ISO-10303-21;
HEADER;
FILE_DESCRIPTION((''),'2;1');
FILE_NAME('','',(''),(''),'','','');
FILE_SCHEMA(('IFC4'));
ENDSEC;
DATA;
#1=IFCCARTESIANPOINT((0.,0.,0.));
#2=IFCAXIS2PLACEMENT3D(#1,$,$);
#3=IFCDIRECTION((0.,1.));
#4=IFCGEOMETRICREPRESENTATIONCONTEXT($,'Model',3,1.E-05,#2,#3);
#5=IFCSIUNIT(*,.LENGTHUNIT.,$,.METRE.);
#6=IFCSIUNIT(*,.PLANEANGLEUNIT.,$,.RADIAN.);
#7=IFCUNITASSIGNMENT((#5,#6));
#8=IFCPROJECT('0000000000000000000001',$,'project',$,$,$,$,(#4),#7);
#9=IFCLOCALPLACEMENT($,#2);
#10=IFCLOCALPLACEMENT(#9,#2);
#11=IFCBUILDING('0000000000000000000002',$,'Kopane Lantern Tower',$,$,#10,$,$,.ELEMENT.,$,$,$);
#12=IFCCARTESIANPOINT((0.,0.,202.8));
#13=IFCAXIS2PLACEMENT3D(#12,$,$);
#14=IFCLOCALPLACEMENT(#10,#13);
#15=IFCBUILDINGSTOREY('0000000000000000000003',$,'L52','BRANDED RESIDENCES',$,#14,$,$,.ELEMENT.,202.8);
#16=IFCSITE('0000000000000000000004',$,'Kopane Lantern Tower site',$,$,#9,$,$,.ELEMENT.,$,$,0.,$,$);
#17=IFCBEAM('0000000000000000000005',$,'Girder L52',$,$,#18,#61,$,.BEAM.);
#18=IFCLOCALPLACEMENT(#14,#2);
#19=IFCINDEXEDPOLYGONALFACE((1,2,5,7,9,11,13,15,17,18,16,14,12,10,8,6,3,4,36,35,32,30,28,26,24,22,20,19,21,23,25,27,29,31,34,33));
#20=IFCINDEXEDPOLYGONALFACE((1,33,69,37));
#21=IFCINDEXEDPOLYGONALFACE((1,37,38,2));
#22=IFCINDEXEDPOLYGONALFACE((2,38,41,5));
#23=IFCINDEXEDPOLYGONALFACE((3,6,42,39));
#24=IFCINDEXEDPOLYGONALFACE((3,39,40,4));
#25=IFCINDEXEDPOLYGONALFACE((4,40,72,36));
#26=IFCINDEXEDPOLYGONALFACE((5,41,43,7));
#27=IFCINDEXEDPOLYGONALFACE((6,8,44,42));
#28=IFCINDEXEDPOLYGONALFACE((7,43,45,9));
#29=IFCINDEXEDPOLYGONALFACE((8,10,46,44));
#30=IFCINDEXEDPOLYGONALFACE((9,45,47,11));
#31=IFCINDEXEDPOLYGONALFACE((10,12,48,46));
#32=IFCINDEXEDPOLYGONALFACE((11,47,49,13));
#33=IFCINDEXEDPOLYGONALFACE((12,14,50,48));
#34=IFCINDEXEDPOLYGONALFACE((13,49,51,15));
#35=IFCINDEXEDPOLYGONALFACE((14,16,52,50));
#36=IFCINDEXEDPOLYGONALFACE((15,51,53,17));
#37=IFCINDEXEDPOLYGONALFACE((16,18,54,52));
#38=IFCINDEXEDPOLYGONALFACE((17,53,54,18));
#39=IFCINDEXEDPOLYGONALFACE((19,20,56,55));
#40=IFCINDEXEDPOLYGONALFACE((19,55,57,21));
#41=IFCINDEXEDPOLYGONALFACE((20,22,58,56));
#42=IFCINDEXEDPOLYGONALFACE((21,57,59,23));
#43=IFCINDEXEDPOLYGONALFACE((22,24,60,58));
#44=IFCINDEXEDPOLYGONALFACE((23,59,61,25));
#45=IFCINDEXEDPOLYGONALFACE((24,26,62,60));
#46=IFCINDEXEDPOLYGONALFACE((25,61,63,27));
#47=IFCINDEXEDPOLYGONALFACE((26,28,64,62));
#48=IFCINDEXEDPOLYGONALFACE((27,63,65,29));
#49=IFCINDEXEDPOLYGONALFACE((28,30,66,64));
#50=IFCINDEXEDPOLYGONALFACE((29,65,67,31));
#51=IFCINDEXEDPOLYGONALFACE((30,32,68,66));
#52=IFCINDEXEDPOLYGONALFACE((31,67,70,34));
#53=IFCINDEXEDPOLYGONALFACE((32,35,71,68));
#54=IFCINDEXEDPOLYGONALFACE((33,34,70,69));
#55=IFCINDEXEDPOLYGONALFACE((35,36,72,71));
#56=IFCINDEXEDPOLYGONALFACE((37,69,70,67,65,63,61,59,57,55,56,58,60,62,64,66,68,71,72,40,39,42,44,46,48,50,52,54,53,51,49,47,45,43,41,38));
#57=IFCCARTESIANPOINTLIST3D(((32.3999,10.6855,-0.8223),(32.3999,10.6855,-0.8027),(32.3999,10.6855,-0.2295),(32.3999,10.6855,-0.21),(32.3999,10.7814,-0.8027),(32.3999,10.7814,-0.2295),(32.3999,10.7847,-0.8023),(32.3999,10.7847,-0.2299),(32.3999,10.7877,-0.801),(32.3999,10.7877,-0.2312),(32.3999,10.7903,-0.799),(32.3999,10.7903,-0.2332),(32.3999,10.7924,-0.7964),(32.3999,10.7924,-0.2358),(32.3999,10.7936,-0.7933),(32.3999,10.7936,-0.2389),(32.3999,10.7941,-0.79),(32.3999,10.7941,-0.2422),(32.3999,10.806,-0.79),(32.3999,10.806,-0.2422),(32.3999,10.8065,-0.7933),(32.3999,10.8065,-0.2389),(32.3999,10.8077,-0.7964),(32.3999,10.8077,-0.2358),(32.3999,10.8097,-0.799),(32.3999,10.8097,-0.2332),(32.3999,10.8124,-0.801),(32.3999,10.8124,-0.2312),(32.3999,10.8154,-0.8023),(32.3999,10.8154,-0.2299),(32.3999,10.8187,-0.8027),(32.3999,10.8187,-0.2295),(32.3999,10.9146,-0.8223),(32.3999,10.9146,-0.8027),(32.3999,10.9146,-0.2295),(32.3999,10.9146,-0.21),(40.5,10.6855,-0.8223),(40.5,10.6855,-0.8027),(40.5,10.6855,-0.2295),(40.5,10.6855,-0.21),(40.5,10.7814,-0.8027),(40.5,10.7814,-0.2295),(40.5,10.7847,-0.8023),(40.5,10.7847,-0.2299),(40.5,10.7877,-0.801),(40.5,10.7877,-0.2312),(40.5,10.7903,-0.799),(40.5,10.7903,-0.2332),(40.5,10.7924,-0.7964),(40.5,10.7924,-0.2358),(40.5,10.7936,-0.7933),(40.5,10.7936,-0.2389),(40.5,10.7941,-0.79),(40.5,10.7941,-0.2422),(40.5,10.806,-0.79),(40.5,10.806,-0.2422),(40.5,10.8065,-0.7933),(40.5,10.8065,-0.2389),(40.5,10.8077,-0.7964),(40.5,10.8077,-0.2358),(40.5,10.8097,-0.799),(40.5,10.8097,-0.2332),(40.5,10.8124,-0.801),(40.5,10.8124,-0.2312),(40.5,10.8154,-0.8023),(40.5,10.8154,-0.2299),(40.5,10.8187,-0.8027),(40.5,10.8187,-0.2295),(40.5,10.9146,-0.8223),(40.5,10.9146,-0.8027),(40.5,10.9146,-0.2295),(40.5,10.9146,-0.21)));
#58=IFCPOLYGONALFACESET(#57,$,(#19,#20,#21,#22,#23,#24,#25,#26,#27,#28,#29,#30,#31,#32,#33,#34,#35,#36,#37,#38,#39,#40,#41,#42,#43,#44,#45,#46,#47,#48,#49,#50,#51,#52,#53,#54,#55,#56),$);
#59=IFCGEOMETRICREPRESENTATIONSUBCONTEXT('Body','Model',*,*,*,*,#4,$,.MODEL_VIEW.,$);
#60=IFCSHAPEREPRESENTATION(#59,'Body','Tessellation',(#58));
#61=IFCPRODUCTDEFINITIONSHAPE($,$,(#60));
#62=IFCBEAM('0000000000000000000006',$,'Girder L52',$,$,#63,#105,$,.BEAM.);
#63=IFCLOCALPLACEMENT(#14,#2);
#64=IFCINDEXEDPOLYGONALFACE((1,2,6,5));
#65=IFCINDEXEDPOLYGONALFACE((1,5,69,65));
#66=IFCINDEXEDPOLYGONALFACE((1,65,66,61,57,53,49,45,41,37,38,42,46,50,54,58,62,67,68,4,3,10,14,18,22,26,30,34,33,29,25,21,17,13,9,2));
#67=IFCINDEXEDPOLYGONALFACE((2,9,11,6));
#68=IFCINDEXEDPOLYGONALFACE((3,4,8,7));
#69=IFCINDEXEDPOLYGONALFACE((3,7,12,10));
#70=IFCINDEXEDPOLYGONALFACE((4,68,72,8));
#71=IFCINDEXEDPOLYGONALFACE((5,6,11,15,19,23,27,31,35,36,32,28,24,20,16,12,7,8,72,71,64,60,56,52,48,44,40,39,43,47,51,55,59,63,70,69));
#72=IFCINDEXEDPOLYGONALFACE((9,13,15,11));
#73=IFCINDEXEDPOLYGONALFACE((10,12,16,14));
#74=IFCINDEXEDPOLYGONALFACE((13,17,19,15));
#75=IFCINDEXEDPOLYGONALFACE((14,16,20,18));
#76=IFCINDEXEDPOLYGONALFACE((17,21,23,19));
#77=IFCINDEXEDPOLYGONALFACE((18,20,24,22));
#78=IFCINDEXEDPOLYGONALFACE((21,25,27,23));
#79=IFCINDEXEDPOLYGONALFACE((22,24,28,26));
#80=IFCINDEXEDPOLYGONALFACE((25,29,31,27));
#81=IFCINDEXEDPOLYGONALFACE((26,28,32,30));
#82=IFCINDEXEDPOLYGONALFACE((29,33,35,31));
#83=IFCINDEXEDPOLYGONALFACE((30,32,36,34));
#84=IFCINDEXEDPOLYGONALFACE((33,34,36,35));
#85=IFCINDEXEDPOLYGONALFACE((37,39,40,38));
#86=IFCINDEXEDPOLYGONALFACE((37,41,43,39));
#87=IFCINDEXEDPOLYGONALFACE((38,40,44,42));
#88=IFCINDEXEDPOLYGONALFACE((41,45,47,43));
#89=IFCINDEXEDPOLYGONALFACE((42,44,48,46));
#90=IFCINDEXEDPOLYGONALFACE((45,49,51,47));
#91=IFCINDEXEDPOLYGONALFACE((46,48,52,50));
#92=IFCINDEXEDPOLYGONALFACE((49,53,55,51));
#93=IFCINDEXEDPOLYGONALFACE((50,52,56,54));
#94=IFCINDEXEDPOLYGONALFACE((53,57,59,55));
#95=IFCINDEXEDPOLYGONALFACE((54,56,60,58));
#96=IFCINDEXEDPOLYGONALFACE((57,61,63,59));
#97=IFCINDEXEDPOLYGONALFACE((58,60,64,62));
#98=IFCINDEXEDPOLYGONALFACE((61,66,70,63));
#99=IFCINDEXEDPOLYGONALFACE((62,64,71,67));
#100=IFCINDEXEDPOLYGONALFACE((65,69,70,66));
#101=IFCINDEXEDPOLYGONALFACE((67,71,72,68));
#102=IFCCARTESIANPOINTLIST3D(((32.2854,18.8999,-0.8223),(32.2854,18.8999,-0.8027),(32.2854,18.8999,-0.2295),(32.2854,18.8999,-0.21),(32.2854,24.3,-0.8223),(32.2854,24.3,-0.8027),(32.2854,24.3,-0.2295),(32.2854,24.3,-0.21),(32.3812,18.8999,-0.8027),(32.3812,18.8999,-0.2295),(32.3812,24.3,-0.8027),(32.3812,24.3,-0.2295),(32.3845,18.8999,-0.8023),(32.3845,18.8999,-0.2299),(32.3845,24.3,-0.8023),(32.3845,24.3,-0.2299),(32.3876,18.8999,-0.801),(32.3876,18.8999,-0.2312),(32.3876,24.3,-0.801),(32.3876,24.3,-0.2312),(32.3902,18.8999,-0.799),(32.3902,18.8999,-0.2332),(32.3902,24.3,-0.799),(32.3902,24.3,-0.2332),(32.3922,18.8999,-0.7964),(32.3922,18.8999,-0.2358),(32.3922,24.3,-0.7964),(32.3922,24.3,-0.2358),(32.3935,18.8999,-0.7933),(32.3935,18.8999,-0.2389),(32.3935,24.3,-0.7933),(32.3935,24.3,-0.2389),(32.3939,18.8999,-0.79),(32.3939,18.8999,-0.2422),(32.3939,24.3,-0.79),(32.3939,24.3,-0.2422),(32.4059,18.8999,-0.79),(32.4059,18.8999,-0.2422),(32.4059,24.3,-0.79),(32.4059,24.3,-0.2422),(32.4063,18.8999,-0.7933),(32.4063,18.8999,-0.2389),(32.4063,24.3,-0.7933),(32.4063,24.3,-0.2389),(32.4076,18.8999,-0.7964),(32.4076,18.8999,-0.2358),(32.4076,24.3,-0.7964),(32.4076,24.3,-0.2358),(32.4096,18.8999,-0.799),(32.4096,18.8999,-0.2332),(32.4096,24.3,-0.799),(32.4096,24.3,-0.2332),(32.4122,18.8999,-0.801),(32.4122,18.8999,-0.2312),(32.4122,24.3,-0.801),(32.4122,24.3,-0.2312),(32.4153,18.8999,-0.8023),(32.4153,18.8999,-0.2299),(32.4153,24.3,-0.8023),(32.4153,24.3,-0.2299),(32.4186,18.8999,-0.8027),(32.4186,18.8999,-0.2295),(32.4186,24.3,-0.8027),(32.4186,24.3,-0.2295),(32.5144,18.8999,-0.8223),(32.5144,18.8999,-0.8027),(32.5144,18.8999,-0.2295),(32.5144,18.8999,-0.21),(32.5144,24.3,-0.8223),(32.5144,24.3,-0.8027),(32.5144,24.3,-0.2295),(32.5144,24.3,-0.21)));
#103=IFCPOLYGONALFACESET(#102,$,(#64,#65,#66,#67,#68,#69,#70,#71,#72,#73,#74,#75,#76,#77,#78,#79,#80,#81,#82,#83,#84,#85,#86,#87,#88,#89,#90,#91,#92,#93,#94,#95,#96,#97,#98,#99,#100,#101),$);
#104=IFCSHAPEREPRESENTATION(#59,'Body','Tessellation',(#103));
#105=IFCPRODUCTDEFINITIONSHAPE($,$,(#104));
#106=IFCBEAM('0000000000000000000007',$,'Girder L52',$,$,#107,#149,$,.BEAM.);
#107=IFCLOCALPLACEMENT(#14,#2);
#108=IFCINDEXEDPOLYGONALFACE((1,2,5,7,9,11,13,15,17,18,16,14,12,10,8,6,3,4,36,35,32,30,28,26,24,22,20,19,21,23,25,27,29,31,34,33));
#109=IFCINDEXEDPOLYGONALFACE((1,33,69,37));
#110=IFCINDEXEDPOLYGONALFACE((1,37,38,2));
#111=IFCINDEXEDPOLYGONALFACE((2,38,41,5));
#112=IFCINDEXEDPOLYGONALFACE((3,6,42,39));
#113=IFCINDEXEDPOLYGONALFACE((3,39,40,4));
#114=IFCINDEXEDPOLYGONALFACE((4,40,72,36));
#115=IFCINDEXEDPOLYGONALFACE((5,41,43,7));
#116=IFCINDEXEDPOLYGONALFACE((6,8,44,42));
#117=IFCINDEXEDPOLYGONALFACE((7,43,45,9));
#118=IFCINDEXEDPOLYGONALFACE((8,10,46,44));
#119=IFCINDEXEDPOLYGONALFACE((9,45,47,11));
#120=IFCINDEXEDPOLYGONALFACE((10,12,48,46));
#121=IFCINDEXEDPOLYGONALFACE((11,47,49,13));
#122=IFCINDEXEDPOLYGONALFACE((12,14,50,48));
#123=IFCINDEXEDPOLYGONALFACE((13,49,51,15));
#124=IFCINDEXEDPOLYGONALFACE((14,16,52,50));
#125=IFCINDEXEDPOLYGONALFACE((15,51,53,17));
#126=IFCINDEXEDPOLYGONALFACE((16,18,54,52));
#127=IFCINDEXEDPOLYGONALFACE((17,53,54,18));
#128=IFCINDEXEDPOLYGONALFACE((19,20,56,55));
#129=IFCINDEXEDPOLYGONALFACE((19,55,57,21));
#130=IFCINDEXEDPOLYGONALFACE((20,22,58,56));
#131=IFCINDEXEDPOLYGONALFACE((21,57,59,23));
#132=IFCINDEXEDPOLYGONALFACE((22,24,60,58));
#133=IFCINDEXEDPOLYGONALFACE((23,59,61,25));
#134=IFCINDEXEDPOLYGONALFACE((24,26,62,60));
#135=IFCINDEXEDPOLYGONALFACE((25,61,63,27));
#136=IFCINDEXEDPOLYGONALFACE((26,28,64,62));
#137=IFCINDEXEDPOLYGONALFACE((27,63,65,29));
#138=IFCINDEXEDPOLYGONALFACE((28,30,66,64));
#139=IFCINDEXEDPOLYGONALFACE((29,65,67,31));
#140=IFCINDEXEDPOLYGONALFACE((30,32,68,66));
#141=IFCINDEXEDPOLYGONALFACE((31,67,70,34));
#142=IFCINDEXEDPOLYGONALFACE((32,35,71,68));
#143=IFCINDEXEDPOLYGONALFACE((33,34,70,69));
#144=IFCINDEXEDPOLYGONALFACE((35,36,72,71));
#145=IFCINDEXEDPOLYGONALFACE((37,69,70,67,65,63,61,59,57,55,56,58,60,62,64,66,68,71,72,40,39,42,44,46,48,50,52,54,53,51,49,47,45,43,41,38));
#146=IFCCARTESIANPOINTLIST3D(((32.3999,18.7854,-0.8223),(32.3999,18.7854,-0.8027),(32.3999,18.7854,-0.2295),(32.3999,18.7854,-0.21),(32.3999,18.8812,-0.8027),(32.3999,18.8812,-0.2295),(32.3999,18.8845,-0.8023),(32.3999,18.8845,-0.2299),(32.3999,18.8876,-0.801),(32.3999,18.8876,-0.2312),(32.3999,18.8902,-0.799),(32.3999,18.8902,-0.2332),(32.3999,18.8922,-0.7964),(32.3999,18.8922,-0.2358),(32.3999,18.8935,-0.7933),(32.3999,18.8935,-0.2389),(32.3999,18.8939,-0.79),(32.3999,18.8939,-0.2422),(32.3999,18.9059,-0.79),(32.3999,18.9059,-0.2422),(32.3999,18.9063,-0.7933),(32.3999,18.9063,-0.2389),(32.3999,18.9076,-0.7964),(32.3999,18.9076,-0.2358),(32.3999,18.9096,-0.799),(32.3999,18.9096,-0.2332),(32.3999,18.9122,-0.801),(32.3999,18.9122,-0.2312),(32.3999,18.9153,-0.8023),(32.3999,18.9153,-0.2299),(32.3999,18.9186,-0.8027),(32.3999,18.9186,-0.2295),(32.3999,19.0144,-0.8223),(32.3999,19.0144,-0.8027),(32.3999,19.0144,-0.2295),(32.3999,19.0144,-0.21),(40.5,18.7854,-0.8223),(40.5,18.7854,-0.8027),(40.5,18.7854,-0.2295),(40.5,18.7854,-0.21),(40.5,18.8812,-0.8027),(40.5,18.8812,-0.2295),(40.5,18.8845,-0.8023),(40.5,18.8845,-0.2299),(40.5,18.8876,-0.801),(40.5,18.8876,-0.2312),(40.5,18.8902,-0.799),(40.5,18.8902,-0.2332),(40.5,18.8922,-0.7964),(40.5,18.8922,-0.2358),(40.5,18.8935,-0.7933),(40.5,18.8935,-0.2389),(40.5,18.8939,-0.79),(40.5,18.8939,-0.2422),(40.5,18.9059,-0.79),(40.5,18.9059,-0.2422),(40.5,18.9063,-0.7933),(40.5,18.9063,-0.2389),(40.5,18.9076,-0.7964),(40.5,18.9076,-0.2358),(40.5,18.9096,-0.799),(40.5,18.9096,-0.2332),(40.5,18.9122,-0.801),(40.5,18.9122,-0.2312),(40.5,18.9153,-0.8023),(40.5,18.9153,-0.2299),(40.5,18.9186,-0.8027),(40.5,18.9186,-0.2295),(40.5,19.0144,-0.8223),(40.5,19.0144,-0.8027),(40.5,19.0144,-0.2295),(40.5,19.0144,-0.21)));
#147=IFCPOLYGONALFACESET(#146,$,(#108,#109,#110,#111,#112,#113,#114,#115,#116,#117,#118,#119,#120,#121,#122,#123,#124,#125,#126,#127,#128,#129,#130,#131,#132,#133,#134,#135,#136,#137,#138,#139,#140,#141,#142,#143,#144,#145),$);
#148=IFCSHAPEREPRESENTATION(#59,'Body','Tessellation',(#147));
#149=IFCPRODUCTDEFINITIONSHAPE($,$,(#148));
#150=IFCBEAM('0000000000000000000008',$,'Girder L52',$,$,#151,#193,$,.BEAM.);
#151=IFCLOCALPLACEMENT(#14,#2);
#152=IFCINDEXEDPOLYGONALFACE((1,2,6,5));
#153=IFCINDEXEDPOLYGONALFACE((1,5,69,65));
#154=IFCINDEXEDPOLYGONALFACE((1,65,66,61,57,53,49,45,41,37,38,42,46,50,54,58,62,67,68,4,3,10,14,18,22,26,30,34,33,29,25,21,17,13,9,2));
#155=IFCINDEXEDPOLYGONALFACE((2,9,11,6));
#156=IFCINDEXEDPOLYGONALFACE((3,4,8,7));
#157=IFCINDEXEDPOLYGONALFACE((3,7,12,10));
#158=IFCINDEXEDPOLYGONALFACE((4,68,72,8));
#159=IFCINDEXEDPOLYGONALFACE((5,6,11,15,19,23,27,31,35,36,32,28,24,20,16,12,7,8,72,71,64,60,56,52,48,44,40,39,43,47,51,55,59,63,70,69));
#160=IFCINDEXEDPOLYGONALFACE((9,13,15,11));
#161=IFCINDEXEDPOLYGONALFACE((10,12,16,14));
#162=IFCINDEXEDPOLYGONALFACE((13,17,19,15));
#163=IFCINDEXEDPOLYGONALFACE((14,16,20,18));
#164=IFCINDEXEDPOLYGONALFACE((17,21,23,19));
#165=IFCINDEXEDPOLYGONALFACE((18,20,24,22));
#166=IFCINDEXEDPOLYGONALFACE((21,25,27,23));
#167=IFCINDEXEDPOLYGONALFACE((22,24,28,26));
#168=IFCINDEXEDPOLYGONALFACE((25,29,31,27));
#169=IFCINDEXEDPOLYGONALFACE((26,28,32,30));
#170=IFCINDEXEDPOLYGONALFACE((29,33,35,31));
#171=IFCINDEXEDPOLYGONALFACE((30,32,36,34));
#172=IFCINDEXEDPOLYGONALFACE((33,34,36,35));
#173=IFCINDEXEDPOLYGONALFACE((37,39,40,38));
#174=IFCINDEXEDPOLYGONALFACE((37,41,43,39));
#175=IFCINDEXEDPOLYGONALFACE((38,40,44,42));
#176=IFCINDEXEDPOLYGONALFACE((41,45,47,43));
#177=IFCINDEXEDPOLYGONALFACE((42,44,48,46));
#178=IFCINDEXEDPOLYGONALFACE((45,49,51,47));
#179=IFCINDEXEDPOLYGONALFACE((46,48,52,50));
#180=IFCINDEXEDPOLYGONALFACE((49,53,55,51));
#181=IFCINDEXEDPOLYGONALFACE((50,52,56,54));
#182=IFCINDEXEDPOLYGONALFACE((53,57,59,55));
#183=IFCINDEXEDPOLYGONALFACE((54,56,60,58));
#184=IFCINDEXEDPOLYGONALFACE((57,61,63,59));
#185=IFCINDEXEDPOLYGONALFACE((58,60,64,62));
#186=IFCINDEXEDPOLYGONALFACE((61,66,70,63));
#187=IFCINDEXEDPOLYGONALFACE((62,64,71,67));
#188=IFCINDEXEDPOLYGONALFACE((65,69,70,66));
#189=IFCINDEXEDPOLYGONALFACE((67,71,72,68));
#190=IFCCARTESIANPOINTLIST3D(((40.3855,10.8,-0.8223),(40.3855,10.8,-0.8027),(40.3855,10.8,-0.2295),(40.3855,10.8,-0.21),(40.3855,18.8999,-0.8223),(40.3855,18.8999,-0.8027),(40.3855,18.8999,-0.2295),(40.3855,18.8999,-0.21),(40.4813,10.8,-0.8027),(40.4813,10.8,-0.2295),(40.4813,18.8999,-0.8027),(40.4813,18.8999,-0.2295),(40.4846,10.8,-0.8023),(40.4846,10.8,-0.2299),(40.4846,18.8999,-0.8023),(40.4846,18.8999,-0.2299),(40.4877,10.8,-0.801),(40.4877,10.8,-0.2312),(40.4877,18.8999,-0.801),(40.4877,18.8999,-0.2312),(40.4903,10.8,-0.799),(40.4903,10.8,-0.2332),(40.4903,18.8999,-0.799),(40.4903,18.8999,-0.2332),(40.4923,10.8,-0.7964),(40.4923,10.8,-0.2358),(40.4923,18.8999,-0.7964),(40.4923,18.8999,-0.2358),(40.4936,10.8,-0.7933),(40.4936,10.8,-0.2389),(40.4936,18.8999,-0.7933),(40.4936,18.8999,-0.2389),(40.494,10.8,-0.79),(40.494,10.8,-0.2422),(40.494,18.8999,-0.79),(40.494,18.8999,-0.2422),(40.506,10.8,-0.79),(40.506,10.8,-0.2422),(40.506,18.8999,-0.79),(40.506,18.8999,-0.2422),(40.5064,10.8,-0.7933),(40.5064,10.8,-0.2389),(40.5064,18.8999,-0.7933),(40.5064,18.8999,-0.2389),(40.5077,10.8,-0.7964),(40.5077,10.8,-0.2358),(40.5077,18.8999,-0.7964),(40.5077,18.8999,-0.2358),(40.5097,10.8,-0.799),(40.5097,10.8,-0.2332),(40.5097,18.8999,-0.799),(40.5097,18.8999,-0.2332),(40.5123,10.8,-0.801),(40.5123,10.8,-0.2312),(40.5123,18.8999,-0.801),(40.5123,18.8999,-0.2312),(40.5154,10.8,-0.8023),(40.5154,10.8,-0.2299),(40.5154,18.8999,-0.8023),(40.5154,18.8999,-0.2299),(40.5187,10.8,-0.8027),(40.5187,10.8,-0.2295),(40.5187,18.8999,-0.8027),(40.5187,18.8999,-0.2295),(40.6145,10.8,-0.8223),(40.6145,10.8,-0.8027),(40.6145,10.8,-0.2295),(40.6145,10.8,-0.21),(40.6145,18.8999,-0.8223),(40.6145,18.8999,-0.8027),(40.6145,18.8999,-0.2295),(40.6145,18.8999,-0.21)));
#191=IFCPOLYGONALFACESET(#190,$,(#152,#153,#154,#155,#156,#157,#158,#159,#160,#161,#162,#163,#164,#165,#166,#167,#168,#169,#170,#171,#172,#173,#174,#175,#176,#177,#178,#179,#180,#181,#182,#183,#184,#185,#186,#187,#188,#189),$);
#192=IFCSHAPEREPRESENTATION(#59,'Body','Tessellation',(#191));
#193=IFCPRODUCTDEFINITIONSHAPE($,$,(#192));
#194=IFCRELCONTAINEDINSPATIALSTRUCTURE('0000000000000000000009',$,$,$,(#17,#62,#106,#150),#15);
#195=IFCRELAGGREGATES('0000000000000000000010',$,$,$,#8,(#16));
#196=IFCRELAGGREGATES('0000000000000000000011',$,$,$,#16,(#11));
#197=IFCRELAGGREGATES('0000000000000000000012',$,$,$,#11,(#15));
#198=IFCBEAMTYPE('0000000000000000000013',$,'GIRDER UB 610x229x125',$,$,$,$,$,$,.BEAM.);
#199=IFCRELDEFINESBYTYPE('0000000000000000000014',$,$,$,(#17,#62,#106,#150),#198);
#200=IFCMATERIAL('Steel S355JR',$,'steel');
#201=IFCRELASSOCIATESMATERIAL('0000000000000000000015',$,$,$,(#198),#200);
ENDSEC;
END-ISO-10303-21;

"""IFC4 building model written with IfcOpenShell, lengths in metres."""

from ifc_helpers import new_model, si_unit, direction, frame, origin, origin_2d, place, context, subcontext, project, spatial, i_section, extrude, material, material_profile, profile_set, type_object, element, save


model = new_model("IFC4")

# Units and contexts
model_context = context("Model", 3, precision=1e-05, world=origin(), true_north=direction((0.0, 1.0)))
body_context = subcontext(model_context, "Body", "Model", "MODEL_VIEW")
ifc_project = project(units=[si_unit("LENGTHUNIT", "METRE"), si_unit("PLANEANGLEUNIT", "RADIAN")], contexts=[model_context])

# Site, building, storey
site_placement = place(None, origin())
site = spatial("IfcSite", under=ifc_project, at=site_placement, Name="Kopane Lantern Tower site", CompositionType="ELEMENT", RefElevation=0.0)
building_placement = place(site_placement, origin())
building = spatial("IfcBuilding", under=site, at=building_placement, Name="Kopane Lantern Tower", CompositionType="ELEMENT")
storey_placement = place(building_placement, frame((0.0, 0.0, 202.8)))
storey = spatial("IfcBuildingStorey", under=building, at=storey_placement, Name="L52", Description="BRANDED RESIDENCES", CompositionType="ELEMENT", Elevation=202.8)

# Beams
ifc_material_1 = material(Name="Steel S355JR", Category="steel")
ifc_material_profile_1 = material_profile(ifc_material_1, i_section(OverallWidth=0.229, OverallDepth=0.6123, WebThickness=0.012, FlangeThickness=0.0195, FilletRadius=0.0127, at=origin_2d()), Name="UB 610x229x125")
ifc_profile_set_1 = profile_set([ifc_material_profile_1], Name="Steel S355JR")
beam_type = type_object("IfcBeamType", Name="GIRDER UB 610x229x125", PredefinedType="BEAM", material=ifc_profile_set_1)
beam_1_placement = place(storey_placement, frame((32.3999, 10.8, -0.5161), z_axis=(1.0, 0.0, 0.0), x_axis=(0.0, 1.0, 0.0)))
element("IfcBeam", 1, at=beam_1_placement, inside=storey, type_object=beam_type, Name="Girder L52", PredefinedType="BEAM", context=body_context, shape_type="SweptSolid", body=[
    extrude(i_section(OverallWidth=0.229, OverallDepth=0.6123, WebThickness=0.012, FlangeThickness=0.0195, FilletRadius=0.0127, at=origin_2d()), origin(), (0.0, 0.0, 1.0), 8.1001),
])
beam_2_placement = place(storey_placement, frame((32.3999, 18.8999, -0.5161), z_axis=(0.0, 1.0, 0.0), x_axis=(-1.0, 0.0, 0.0)))
element("IfcBeam", 2, at=beam_2_placement, inside=storey, type_object=beam_type, Name="Girder L52", PredefinedType="BEAM", context=body_context, shape_type="SweptSolid", body=[
    extrude(i_section(OverallWidth=0.229, OverallDepth=0.6123, WebThickness=0.012, FlangeThickness=0.0195, FilletRadius=0.0127, at=origin_2d()), origin(), (0.0, 0.0, 1.0), 5.4001),
])
beam_3_placement = place(storey_placement, frame((32.3999, 18.8999, -0.5161), z_axis=(1.0, 0.0, 0.0), x_axis=(0.0, 1.0, 0.0)))
element("IfcBeam", 3, at=beam_3_placement, inside=storey, type_object=beam_type, Name="Girder L52", PredefinedType="BEAM", context=body_context, shape_type="SweptSolid", body=[
    extrude(i_section(OverallWidth=0.229, OverallDepth=0.6123, WebThickness=0.012, FlangeThickness=0.0195, FilletRadius=0.0127, at=origin_2d()), origin(), (0.0, 0.0, 1.0), 8.1001),
])
beam_4_placement = place(storey_placement, frame((40.5, 10.8, -0.5161), z_axis=(0.0, 1.0, 0.0), x_axis=(-1.0, 0.0, 0.0)))
element("IfcBeam", 4, at=beam_4_placement, inside=storey, type_object=beam_type, Name="Girder L52", PredefinedType="BEAM", context=body_context, shape_type="SweptSolid", body=[
    extrude(i_section(OverallWidth=0.229, OverallDepth=0.6123, WebThickness=0.012, FlangeThickness=0.0195, FilletRadius=0.0127, at=origin_2d()), origin(), (0.0, 0.0, 1.0), 8.0999),
])

save(model, "model.ifc")
